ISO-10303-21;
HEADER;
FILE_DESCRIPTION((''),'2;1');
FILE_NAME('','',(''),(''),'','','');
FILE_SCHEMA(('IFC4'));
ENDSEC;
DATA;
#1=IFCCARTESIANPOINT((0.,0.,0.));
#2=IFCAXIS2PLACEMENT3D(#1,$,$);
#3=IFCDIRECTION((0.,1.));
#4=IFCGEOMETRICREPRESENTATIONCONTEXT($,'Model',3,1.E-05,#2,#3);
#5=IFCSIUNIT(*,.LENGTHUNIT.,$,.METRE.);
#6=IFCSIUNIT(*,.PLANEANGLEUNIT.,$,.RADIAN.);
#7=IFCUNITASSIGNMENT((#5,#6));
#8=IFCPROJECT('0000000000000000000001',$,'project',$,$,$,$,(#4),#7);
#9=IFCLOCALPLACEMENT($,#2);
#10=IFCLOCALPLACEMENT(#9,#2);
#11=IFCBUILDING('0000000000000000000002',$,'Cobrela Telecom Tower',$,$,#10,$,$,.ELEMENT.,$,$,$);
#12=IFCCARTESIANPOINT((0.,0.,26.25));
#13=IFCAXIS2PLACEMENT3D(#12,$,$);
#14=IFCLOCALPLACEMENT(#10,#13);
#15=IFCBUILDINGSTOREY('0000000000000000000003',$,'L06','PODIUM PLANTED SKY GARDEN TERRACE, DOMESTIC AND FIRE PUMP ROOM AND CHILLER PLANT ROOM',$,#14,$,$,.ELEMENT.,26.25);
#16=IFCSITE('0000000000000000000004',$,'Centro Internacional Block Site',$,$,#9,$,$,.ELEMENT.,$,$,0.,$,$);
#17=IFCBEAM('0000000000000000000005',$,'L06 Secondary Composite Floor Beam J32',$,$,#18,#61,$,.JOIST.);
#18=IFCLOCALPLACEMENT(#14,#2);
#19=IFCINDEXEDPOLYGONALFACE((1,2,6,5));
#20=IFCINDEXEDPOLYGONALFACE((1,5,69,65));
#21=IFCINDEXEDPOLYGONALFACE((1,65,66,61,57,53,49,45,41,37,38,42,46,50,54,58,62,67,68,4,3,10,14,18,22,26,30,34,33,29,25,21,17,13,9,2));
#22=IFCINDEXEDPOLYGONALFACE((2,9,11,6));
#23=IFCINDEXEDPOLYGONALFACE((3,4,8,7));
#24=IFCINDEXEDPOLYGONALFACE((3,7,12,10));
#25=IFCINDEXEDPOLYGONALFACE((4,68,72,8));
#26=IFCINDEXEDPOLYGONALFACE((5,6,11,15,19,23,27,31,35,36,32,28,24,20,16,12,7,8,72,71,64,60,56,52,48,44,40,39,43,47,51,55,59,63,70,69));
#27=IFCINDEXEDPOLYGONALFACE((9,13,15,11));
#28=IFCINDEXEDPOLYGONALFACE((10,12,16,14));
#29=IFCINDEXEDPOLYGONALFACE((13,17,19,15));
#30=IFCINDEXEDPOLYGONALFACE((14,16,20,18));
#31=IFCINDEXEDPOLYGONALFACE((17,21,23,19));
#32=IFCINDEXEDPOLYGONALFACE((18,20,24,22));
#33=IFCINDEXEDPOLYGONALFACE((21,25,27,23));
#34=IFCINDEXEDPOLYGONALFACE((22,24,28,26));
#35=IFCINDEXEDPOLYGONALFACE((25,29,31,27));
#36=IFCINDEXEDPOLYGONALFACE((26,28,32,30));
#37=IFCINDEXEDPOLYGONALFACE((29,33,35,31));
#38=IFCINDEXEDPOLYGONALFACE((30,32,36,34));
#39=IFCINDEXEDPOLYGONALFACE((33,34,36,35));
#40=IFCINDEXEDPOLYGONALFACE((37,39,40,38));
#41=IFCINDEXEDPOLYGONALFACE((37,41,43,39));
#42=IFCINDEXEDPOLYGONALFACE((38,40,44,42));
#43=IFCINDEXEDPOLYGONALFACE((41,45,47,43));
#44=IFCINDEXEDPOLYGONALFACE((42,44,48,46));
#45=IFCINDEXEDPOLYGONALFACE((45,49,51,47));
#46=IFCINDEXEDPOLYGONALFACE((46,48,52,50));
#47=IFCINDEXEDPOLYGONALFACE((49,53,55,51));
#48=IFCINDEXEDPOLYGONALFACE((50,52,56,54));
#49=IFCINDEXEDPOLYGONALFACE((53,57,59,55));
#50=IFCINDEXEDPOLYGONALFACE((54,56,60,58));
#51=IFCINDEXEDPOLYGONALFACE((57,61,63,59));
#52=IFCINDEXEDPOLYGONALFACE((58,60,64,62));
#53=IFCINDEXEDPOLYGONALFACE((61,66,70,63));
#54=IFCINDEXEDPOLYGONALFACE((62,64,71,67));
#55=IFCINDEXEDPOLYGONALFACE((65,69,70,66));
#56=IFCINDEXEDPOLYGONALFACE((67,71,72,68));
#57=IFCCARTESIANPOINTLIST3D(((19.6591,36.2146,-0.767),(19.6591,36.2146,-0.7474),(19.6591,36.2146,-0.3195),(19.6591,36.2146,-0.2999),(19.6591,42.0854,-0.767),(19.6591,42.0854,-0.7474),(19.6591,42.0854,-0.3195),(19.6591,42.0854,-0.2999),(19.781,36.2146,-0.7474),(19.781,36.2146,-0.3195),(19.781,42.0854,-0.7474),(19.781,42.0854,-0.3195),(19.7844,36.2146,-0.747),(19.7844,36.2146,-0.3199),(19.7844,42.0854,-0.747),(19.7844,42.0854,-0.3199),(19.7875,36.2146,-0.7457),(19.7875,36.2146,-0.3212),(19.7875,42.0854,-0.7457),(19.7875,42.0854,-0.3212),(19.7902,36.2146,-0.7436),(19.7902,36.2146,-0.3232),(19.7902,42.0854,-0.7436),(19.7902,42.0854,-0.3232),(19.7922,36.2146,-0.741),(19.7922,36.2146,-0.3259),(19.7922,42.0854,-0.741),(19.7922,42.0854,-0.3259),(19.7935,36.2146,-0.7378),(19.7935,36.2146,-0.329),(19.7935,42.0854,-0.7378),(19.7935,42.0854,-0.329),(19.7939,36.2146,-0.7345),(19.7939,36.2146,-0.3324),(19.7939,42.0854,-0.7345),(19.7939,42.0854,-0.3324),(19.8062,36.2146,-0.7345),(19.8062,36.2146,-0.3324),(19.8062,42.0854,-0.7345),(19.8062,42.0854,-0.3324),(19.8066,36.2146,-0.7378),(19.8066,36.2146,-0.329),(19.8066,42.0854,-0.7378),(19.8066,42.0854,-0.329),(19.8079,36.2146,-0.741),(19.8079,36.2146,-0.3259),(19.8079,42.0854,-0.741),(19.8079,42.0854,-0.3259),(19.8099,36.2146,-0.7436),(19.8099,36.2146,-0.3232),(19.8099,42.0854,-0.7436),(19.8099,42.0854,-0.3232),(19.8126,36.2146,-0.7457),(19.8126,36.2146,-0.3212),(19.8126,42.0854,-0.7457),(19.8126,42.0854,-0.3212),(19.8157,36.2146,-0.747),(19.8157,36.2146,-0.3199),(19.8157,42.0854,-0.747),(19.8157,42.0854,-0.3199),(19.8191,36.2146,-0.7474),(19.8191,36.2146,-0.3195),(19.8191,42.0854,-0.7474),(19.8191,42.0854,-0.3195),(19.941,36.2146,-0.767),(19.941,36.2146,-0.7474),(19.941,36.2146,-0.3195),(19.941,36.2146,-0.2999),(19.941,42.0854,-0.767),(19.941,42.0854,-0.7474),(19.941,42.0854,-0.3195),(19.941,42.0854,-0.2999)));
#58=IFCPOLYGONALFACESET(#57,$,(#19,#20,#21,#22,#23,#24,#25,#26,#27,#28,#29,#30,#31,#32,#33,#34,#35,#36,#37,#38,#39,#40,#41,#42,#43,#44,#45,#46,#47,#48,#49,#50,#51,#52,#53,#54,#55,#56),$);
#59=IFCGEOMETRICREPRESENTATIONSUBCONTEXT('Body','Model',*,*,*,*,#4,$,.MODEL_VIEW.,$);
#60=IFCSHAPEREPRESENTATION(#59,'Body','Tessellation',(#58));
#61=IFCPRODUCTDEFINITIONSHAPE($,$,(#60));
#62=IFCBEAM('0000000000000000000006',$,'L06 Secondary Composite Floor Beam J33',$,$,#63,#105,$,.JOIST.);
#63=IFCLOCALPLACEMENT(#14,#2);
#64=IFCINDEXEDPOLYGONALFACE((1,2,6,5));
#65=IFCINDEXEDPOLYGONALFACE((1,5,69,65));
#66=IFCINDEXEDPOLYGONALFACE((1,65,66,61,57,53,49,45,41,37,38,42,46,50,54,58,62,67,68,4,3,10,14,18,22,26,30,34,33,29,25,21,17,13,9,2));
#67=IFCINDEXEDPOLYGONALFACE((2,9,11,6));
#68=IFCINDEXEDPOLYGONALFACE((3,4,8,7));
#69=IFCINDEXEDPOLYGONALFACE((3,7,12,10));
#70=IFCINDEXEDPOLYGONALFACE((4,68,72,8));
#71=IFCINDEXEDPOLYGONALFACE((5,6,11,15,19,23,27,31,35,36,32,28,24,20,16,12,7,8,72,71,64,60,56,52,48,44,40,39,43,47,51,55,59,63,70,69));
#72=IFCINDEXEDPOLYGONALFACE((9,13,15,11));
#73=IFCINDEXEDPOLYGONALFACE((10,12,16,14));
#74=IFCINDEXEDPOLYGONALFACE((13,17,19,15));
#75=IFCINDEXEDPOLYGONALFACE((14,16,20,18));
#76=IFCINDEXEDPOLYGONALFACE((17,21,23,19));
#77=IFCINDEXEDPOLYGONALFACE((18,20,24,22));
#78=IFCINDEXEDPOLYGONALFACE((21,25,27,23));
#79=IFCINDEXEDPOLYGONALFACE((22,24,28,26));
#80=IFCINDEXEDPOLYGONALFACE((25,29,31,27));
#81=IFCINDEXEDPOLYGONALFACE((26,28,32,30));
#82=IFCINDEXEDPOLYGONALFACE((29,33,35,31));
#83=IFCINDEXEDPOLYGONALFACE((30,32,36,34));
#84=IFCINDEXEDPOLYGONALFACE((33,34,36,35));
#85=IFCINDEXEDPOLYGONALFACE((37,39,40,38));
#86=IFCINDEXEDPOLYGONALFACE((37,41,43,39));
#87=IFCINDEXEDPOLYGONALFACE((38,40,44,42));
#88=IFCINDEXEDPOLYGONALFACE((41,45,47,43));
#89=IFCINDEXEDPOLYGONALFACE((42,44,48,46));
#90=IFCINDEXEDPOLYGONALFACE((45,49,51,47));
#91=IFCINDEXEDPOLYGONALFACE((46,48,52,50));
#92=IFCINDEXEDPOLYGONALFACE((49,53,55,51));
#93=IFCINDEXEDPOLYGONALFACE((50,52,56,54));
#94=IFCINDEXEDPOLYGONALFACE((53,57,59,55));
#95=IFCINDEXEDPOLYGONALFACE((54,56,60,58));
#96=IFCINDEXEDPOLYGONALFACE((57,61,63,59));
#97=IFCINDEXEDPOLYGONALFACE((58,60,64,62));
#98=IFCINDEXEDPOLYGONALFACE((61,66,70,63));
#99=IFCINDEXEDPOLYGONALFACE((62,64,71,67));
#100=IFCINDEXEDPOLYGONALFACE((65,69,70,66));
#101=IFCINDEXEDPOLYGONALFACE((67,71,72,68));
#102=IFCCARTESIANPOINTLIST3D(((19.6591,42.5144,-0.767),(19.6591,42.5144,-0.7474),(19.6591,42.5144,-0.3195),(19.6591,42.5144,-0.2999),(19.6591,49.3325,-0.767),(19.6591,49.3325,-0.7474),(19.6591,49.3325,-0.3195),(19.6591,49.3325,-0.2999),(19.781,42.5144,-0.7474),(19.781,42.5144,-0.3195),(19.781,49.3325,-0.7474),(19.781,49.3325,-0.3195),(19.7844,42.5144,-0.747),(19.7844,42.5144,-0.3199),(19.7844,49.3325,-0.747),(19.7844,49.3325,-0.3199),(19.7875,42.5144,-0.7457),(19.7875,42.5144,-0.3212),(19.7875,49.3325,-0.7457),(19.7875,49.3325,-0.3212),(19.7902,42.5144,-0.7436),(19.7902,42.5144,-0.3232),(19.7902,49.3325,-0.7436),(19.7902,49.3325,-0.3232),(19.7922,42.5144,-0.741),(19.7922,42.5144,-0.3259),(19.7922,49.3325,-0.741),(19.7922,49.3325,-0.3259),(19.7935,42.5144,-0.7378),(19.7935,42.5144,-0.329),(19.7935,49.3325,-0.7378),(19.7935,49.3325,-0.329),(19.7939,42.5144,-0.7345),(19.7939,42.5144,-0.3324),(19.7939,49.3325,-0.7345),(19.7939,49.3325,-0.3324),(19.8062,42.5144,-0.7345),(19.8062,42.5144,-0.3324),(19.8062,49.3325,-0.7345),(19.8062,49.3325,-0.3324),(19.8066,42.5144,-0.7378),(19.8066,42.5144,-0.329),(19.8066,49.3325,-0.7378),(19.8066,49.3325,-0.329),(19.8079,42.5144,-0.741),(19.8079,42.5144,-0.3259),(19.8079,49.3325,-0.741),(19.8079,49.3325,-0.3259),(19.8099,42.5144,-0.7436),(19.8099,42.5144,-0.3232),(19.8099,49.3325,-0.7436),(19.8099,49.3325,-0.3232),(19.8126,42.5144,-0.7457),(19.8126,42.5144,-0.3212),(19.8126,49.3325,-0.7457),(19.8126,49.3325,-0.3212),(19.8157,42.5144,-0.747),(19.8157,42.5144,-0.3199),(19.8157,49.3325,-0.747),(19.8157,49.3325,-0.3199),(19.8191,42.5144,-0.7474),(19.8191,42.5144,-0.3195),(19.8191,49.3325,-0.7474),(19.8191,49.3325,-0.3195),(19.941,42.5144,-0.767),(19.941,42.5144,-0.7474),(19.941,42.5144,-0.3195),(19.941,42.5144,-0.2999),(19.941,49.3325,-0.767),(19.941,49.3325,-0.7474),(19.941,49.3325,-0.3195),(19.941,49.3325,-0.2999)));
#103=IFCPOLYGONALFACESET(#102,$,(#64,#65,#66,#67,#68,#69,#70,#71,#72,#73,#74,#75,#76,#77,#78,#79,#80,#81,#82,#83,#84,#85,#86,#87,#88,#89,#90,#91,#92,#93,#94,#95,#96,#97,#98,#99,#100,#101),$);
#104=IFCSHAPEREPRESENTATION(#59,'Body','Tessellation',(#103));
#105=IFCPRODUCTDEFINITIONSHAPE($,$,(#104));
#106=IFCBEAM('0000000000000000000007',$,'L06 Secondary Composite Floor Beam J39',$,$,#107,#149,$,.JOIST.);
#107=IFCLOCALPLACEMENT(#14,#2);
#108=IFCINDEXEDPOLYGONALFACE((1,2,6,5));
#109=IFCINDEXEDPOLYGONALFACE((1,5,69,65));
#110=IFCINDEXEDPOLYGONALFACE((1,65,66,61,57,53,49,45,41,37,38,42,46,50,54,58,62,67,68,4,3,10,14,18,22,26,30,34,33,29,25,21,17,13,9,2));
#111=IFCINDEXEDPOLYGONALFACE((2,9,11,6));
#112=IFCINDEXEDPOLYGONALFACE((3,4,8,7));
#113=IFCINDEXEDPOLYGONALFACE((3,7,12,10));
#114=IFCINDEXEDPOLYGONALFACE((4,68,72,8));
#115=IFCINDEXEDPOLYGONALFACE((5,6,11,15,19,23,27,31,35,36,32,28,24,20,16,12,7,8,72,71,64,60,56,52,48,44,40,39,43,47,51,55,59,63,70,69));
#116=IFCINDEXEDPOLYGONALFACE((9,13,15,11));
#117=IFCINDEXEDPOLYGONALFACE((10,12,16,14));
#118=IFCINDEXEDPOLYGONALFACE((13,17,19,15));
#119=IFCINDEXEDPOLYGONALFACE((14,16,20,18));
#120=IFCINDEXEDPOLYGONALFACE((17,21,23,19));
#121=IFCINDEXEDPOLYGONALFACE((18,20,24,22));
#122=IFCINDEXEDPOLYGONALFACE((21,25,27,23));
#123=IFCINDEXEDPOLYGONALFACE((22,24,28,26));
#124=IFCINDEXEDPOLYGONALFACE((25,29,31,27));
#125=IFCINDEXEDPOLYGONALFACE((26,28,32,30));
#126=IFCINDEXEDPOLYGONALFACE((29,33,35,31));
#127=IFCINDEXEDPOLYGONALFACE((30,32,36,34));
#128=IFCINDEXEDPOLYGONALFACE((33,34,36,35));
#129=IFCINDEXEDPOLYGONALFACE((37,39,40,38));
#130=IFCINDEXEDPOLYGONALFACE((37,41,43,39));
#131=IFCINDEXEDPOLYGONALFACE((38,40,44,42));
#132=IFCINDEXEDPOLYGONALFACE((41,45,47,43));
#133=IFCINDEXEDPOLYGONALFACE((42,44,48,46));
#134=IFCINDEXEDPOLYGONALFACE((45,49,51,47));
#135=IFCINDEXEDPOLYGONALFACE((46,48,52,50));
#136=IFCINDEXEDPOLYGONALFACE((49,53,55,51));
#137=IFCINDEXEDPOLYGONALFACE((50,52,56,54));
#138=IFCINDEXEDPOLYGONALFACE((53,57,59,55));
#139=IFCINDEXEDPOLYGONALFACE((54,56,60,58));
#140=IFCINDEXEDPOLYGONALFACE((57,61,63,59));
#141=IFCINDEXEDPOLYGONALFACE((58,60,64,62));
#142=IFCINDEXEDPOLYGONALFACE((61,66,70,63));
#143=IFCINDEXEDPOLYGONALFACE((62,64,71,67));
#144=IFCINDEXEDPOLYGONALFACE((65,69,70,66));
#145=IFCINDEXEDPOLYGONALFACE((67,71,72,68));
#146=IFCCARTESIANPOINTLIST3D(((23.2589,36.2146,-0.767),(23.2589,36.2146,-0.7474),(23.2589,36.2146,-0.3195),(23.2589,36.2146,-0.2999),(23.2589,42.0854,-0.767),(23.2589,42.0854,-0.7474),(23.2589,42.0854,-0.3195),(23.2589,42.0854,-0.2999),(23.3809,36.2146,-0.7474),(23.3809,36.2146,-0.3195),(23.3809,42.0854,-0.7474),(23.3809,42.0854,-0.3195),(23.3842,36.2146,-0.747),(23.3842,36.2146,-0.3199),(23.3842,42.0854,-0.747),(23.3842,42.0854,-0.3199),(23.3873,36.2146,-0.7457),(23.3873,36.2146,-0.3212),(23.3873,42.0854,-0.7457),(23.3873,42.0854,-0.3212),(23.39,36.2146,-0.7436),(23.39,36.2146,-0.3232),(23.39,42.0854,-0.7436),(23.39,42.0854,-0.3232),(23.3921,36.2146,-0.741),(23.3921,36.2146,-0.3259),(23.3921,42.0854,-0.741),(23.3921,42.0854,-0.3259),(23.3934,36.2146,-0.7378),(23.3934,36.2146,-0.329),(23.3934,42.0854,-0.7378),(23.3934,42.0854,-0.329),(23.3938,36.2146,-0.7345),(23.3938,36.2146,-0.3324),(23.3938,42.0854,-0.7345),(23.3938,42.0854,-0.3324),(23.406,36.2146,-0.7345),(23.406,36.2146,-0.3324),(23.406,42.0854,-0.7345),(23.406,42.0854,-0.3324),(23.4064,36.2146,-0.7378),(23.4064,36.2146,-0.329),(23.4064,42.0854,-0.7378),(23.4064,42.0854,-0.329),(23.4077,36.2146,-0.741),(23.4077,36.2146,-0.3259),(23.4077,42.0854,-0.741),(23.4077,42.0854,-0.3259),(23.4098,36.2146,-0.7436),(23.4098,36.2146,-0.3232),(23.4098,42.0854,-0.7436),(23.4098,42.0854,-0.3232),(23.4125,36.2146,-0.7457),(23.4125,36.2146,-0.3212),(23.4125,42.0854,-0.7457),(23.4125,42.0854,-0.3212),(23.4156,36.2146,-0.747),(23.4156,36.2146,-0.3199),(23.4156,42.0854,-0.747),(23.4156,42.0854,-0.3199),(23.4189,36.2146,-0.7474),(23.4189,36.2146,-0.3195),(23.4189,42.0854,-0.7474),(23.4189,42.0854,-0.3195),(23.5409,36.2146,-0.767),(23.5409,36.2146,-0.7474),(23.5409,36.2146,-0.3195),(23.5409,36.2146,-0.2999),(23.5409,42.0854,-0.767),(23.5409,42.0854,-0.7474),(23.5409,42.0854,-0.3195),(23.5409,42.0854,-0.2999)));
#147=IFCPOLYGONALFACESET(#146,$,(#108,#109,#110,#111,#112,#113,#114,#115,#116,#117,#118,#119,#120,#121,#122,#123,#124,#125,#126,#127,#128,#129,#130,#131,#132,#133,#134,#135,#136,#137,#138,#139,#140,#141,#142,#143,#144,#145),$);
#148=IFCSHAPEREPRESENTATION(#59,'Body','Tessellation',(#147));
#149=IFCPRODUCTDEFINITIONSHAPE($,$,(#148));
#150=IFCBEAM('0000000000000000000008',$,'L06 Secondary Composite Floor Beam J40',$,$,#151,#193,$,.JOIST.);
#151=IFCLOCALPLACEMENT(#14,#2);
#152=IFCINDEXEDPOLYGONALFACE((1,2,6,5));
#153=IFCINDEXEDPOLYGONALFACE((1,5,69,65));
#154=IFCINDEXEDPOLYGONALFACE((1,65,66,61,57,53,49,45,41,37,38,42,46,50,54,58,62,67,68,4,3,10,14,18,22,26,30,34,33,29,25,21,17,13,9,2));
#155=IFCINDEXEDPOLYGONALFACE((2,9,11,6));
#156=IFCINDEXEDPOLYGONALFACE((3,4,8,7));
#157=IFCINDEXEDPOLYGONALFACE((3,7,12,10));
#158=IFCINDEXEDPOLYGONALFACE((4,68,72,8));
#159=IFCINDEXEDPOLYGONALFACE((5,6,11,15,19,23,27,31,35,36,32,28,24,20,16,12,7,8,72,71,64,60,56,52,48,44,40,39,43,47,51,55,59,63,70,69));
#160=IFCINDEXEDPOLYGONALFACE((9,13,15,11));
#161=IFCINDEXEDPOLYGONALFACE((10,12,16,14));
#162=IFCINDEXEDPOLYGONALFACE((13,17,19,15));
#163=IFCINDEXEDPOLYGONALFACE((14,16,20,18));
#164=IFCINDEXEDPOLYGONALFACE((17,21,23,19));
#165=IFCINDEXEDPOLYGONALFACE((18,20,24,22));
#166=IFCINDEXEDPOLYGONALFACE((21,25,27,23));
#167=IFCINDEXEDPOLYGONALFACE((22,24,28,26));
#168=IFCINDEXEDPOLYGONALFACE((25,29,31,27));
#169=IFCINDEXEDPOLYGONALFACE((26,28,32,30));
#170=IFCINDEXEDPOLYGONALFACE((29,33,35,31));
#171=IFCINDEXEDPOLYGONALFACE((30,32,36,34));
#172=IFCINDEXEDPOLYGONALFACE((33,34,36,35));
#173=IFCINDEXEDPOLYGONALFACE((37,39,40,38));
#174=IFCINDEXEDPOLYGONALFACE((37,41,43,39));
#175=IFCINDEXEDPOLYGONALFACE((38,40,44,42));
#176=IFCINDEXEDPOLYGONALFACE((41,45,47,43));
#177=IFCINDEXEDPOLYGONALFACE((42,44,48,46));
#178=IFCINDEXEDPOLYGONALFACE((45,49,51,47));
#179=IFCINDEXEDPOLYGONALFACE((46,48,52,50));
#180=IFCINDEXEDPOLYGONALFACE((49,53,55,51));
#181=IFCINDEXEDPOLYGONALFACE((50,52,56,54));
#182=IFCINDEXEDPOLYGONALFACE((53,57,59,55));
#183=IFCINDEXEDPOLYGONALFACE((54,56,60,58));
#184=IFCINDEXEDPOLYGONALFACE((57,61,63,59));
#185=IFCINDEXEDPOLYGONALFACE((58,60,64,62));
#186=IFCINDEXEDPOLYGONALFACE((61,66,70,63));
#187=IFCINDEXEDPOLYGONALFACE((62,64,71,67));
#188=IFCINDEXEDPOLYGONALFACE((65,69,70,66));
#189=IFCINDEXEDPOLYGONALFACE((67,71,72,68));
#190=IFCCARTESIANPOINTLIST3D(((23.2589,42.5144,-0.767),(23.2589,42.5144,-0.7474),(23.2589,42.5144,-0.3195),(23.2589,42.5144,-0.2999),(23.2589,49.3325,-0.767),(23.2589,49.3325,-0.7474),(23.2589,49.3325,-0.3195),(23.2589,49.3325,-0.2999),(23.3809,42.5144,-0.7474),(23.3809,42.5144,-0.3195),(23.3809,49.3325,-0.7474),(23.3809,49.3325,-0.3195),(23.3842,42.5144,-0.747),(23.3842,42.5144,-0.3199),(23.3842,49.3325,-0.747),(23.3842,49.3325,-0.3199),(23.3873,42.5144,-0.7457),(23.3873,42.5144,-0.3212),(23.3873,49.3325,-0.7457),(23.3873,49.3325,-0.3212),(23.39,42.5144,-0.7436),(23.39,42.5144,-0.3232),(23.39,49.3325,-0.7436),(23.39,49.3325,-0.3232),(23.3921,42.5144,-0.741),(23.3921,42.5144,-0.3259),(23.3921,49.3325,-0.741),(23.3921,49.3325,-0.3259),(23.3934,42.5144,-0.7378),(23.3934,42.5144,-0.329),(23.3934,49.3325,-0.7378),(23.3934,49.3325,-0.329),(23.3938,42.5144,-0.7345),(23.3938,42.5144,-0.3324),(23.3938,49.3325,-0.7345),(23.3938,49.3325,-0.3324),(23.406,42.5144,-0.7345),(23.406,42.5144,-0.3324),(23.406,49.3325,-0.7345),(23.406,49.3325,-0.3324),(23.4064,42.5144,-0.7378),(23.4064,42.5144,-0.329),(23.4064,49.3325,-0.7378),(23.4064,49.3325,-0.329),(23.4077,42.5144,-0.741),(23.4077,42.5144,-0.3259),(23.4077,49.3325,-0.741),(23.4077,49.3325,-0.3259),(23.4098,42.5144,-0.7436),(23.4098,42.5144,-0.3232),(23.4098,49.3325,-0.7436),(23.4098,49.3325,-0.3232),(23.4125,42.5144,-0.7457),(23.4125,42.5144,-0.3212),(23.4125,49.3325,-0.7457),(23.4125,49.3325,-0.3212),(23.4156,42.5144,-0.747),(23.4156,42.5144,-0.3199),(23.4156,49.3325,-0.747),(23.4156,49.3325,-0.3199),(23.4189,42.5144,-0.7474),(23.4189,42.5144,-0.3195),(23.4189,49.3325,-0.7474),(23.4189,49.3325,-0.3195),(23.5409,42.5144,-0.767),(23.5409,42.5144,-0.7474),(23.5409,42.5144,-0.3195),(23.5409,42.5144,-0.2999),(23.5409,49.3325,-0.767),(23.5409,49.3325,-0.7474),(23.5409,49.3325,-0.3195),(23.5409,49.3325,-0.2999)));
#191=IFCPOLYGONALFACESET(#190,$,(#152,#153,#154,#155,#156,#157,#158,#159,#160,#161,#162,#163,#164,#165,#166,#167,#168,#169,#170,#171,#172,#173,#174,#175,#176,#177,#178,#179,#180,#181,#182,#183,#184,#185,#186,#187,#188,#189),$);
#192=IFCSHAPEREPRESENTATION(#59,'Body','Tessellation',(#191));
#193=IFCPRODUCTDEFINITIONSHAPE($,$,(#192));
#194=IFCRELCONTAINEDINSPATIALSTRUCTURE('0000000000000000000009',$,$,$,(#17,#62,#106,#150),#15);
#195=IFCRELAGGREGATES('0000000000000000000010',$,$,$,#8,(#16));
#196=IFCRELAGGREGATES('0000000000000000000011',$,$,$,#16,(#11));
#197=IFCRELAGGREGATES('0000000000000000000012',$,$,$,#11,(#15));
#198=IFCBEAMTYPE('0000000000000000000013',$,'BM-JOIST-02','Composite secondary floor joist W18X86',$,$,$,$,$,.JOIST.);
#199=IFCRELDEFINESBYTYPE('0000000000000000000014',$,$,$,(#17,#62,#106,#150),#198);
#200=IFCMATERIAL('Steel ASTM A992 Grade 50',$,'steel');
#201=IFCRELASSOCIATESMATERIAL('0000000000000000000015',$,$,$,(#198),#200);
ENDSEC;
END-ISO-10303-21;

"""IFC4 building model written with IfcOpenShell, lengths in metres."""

from ifc_helpers import new_model, si_unit, direction, frame, origin, origin_2d, place, context, subcontext, project, spatial, i_section, extrude, material, material_profile, profile_set, type_object, element, save


model = new_model("IFC4")

# Units and contexts
model_context = context("Model", 3, precision=1e-05, world=origin(), true_north=direction((0.0, 1.0)))
body_context = subcontext(model_context, "Body", "Model", "MODEL_VIEW")
ifc_project = project(units=[si_unit("LENGTHUNIT", "METRE"), si_unit("PLANEANGLEUNIT", "RADIAN")], contexts=[model_context])

# Site, building, storey
site_placement = place(None, origin())
site = spatial("IfcSite", under=ifc_project, at=site_placement, Name="Centro Internacional Block Site", CompositionType="ELEMENT", RefElevation=0.0)
building_placement = place(site_placement, origin())
building = spatial("IfcBuilding", under=site, at=building_placement, Name="Cobrela Telecom Tower", CompositionType="ELEMENT")
storey_placement = place(building_placement, frame((0.0, 0.0, 26.25)))
storey = spatial("IfcBuildingStorey", under=building, at=storey_placement, Name="L06", Description="PODIUM PLANTED SKY GARDEN TERRACE, DOMESTIC AND FIRE PUMP ROOM AND CHILLER PLANT ROOM", CompositionType="ELEMENT", Elevation=26.25)

# Beams
ifc_material_1 = material(Name="Steel ASTM A992 Grade 50", Category="steel")
ifc_material_profile_1 = material_profile(ifc_material_1, i_section(OverallWidth=0.282, OverallDepth=0.467, WebThickness=0.0122, FlangeThickness=0.0195, FilletRadius=0.0129, at=origin_2d()), Name="W18X86")
ifc_profile_set_1 = profile_set([ifc_material_profile_1], Name="Steel ASTM A992 Grade 50")
beam_type_1 = type_object("IfcBeamType", Name="BM-JOIST-02", Description="Composite secondary floor joist W18X86", PredefinedType="JOIST", material=ifc_profile_set_1)
beam_1_placement = place(storey_placement, frame((19.8, 36.2146, -0.5334), z_axis=(0.0, 1.0, 0.0), x_axis=(-1.0, 0.0, 0.0)))
element("IfcBeam", 1, at=beam_1_placement, inside=storey, type_object=beam_type_1, Name="L06 Secondary Composite Floor Beam J32", PredefinedType="JOIST", context=body_context, shape_type="SweptSolid", body=[
    extrude(i_section(OverallWidth=0.282, OverallDepth=0.467, WebThickness=0.0122, FlangeThickness=0.0195, FilletRadius=0.0129, at=origin_2d()), origin(), (0.0, 0.0, 1.0), 5.8708),
])
beam_2_placement = place(storey_placement, frame((19.8, 42.5144, -0.5334), z_axis=(0.0, 1.0, 0.0), x_axis=(-1.0, 0.0, 0.0)))
element("IfcBeam", 2, at=beam_2_placement, inside=storey, type_object=beam_type_1, Name="L06 Secondary Composite Floor Beam J33", PredefinedType="JOIST", context=body_context, shape_type="SweptSolid", body=[
    extrude(i_section(OverallWidth=0.282, OverallDepth=0.467, WebThickness=0.0122, FlangeThickness=0.0195, FilletRadius=0.0129, at=origin_2d()), origin(), (0.0, 0.0, 1.0), 6.8181),
])
beam_3_placement = place(storey_placement, frame((23.3999, 36.2146, -0.5334), z_axis=(0.0, 1.0, 0.0), x_axis=(-1.0, 0.0, 0.0)))
element("IfcBeam", 3, at=beam_3_placement, inside=storey, type_object=beam_type_1, Name="L06 Secondary Composite Floor Beam J39", PredefinedType="JOIST", context=body_context, shape_type="SweptSolid", body=[
    extrude(i_section(OverallWidth=0.282, OverallDepth=0.467, WebThickness=0.0122, FlangeThickness=0.0195, FilletRadius=0.0129, at=origin_2d()), origin(), (0.0, 0.0, 1.0), 5.8708),
])
beam_4_placement = place(storey_placement, frame((23.3999, 42.5144, -0.5334), z_axis=(0.0, 1.0, 0.0), x_axis=(-1.0, 0.0, 0.0)))
element("IfcBeam", 4, at=beam_4_placement, inside=storey, type_object=beam_type_1, Name="L06 Secondary Composite Floor Beam J40", PredefinedType="JOIST", context=body_context, shape_type="SweptSolid", body=[
    extrude(i_section(OverallWidth=0.282, OverallDepth=0.467, WebThickness=0.0122, FlangeThickness=0.0195, FilletRadius=0.0129, at=origin_2d()), origin(), (0.0, 0.0, 1.0), 6.8181),
])

save(model, "model.ifc")
